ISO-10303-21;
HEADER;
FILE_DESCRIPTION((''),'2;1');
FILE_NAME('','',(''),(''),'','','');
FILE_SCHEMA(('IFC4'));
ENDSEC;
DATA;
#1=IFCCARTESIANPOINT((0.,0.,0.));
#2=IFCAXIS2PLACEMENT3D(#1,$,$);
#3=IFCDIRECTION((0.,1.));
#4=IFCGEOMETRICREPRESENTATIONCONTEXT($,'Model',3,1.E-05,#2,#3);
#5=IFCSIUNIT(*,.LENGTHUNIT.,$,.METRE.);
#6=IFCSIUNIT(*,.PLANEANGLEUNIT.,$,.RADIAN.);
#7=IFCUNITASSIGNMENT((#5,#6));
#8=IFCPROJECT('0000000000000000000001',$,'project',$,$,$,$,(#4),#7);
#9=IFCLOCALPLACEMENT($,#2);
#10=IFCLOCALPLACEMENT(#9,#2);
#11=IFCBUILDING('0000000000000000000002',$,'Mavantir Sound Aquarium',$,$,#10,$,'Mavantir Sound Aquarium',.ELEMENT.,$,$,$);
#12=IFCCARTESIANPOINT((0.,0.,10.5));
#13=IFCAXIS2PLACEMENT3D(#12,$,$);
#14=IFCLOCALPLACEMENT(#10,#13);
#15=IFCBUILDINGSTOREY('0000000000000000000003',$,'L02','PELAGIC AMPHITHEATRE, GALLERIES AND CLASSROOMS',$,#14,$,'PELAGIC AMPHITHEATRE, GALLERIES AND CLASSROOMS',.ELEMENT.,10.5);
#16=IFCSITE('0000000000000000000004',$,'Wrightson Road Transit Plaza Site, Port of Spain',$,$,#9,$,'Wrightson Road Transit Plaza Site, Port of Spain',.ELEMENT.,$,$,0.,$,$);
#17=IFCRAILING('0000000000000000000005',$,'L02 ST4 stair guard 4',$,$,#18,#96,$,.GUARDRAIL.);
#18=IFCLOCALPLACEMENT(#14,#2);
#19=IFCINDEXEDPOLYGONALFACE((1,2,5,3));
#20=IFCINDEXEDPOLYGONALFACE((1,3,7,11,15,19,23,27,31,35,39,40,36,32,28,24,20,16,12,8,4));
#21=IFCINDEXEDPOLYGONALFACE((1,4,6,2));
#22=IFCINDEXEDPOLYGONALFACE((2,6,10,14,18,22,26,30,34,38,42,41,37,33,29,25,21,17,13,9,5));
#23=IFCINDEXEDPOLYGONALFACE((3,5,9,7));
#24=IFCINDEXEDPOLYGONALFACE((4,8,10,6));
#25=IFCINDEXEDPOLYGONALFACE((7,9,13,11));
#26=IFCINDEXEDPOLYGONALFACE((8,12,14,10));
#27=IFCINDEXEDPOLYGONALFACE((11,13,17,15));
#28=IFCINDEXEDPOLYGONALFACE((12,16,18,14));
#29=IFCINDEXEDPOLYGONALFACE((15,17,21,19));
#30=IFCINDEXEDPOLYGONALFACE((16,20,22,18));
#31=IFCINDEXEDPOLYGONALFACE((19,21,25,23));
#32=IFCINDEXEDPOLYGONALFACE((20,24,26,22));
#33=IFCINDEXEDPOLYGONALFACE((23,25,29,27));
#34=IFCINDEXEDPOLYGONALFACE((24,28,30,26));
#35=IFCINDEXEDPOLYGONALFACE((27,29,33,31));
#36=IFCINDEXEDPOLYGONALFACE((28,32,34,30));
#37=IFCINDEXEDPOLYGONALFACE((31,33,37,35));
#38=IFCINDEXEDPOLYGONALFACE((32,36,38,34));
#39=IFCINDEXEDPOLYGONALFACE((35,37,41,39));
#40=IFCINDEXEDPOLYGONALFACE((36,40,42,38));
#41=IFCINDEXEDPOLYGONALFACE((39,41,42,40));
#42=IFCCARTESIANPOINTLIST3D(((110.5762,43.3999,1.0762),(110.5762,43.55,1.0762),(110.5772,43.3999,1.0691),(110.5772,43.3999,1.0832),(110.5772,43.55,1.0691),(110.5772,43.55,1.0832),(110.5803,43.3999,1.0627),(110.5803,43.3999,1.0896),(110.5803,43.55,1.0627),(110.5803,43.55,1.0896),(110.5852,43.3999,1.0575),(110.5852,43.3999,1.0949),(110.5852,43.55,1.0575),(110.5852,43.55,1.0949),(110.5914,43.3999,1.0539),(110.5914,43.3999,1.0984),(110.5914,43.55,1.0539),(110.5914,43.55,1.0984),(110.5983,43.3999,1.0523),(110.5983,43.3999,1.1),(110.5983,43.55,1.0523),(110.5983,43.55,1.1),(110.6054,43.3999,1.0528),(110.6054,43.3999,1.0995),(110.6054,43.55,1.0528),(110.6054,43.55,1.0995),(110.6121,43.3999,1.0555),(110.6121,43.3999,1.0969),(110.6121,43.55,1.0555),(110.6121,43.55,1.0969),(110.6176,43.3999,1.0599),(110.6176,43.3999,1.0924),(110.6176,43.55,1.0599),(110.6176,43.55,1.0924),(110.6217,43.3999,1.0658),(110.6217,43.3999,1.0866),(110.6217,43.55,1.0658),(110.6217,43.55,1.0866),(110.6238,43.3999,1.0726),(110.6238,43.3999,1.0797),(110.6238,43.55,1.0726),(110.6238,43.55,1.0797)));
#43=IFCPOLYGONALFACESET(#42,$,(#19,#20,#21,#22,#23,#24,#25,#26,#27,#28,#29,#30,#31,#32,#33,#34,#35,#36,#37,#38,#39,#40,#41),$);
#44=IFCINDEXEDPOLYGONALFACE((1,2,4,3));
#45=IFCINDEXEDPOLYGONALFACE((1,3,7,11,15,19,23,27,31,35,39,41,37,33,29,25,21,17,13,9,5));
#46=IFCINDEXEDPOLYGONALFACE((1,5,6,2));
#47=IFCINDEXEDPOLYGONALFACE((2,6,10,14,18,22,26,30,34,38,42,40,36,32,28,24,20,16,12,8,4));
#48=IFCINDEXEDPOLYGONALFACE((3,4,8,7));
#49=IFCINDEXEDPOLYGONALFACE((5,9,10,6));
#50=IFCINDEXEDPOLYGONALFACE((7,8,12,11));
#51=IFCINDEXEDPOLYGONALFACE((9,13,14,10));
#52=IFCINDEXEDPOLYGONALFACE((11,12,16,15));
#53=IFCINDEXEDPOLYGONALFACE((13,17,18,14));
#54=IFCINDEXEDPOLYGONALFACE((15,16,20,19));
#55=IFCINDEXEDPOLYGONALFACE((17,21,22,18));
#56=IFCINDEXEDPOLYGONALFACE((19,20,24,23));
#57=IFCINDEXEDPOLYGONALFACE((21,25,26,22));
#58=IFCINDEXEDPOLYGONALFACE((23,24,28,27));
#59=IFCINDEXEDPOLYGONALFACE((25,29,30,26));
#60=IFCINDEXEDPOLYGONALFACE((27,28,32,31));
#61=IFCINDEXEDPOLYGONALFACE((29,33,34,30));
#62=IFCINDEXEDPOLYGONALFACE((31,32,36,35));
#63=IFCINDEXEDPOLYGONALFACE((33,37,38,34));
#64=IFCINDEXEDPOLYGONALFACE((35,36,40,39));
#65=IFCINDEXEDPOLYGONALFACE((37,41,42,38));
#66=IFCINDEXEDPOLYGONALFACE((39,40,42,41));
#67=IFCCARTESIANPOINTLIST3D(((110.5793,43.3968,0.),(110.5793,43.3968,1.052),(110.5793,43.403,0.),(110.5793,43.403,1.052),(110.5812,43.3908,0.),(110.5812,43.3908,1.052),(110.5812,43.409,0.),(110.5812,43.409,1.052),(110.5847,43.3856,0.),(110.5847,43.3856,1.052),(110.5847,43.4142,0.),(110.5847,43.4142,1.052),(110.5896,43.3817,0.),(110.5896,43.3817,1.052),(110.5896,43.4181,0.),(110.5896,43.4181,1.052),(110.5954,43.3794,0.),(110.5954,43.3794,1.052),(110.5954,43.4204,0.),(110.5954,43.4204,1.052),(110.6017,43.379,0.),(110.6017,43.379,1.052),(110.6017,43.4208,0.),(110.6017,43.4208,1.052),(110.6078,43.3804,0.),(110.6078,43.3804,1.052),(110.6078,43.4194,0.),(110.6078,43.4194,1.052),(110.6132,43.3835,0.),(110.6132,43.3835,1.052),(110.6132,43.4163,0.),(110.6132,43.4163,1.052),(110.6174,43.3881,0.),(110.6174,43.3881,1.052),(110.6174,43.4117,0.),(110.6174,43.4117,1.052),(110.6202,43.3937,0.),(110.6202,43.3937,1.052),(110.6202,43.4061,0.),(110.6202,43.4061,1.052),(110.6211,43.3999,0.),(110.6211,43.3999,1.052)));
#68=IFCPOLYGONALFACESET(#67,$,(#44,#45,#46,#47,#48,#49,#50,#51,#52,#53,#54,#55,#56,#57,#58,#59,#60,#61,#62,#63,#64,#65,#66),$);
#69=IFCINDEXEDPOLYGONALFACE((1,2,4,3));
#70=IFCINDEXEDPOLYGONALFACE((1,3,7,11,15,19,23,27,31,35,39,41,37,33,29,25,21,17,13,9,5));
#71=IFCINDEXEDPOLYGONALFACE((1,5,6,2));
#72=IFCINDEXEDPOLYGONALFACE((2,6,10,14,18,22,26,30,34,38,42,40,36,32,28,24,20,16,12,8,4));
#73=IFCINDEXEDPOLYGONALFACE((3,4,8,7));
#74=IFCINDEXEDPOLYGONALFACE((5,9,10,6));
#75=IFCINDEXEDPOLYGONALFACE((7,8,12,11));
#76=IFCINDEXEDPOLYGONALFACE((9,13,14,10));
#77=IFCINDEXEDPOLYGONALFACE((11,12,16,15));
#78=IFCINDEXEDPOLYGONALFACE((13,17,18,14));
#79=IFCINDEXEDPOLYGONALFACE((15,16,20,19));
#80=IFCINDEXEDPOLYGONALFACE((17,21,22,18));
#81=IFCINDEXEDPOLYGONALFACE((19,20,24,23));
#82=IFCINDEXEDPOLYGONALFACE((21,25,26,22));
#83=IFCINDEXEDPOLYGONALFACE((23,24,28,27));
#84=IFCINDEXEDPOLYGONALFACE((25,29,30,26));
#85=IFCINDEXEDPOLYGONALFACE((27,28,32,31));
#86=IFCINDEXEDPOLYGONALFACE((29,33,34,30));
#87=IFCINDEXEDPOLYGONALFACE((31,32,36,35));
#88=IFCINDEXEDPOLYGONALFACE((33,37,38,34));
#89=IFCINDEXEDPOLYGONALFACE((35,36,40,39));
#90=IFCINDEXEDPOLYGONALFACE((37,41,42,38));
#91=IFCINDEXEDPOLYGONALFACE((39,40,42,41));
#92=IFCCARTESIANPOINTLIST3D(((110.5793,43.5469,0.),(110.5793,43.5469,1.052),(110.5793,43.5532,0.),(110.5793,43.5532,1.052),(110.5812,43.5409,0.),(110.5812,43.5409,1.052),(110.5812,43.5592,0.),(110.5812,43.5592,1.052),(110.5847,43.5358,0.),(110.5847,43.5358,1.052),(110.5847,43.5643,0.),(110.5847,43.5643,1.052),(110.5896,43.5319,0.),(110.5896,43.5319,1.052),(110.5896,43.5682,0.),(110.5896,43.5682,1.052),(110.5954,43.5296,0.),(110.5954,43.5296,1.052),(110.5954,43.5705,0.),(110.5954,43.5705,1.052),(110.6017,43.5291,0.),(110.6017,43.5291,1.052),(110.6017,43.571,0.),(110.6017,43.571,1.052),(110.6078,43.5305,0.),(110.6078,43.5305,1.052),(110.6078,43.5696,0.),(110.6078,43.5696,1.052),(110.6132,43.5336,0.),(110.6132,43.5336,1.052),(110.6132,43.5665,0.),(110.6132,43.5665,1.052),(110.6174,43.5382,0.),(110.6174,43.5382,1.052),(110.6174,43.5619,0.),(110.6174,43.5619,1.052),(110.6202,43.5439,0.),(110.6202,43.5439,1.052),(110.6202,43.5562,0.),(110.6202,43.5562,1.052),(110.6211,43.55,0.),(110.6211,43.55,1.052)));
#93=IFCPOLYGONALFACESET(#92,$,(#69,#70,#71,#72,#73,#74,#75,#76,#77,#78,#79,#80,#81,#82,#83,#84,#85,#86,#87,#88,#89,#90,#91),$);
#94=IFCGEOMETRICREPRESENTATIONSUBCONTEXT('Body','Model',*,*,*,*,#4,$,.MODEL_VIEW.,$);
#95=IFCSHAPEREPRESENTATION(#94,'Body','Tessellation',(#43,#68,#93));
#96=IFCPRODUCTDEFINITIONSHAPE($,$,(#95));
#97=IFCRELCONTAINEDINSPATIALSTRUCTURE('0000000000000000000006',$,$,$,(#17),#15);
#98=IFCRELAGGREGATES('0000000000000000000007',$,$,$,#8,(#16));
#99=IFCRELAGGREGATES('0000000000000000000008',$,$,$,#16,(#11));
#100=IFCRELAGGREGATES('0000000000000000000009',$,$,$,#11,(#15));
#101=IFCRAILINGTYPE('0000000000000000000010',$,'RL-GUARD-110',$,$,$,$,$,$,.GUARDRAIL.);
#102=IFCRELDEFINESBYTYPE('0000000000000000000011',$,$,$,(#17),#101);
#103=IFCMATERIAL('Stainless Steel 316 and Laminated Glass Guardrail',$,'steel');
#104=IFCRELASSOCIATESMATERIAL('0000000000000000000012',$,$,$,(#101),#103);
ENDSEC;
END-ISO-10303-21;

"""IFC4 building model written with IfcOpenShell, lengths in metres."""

from ifc_helpers import new_model, si_unit, direction, frame, origin, origin_2d, place, context, subcontext, project, spatial, circle, extrude, material, type_object, element, save


model = new_model("IFC4")

# Units and contexts
model_context = context("Model", 3, precision=1e-05, world=origin(), true_north=direction((0.0, 1.0)))
body_context = subcontext(model_context, "Body", "Model", "MODEL_VIEW")
ifc_project = project(units=[si_unit("LENGTHUNIT", "METRE"), si_unit("PLANEANGLEUNIT", "RADIAN")], contexts=[model_context])

# Site, building, storey
site_placement = place(None, origin())
site = spatial("IfcSite", under=ifc_project, at=site_placement, Name="Wrightson Road Transit Plaza Site, Port of Spain", LongName="Wrightson Road Transit Plaza Site, Port of Spain", CompositionType="ELEMENT", RefElevation=0.0)
building_placement = place(site_placement, origin())
building = spatial("IfcBuilding", under=site, at=building_placement, Name="Mavantir Sound Aquarium", LongName="Mavantir Sound Aquarium", CompositionType="ELEMENT")
storey_placement = place(building_placement, frame((0.0, 0.0, 10.5)))
storey = spatial("IfcBuildingStorey", under=building, at=storey_placement, Name="L02", Description="PELAGIC AMPHITHEATRE, GALLERIES AND CLASSROOMS", LongName="PELAGIC AMPHITHEATRE, GALLERIES AND CLASSROOMS", CompositionType="ELEMENT", Elevation=10.5)

# Railing
ifc_material_1 = material(Name="Stainless Steel 316 and Laminated Glass Guardrail", Category="steel")
railing_type_1 = type_object("IfcRailingType", Name="RL-GUARD-110", PredefinedType="GUARDRAIL", material=ifc_material_1)
railing_1_placement = place(storey_placement, frame((110.6001, 43.3999, 0.0)))
element("IfcRailing", 1, at=railing_1_placement, inside=storey, type_object=railing_type_1, Name="L02 ST4 stair guard 4", PredefinedType="GUARDRAIL", context=body_context, shape_type="SweptSolid", body=[
    extrude(circle(Radius=0.0239, at=origin_2d()), frame((0.0, 0.0, 1.0762), z_axis=(0.0, 1.0, 0.0), x_axis=(-1.0, 0.0, 0.0)), (0.0, 0.0, 1.0), 0.1501),
    extrude(circle(Radius=0.021, at=origin_2d()), origin(), (0.0, 0.0, 1.0), 1.052),
    extrude(circle(Radius=0.021, at=origin_2d()), frame((0.0, 0.1501, 0.0)), (0.0, 0.0, 1.0), 1.052),
])

save(model, "model.ifc")
